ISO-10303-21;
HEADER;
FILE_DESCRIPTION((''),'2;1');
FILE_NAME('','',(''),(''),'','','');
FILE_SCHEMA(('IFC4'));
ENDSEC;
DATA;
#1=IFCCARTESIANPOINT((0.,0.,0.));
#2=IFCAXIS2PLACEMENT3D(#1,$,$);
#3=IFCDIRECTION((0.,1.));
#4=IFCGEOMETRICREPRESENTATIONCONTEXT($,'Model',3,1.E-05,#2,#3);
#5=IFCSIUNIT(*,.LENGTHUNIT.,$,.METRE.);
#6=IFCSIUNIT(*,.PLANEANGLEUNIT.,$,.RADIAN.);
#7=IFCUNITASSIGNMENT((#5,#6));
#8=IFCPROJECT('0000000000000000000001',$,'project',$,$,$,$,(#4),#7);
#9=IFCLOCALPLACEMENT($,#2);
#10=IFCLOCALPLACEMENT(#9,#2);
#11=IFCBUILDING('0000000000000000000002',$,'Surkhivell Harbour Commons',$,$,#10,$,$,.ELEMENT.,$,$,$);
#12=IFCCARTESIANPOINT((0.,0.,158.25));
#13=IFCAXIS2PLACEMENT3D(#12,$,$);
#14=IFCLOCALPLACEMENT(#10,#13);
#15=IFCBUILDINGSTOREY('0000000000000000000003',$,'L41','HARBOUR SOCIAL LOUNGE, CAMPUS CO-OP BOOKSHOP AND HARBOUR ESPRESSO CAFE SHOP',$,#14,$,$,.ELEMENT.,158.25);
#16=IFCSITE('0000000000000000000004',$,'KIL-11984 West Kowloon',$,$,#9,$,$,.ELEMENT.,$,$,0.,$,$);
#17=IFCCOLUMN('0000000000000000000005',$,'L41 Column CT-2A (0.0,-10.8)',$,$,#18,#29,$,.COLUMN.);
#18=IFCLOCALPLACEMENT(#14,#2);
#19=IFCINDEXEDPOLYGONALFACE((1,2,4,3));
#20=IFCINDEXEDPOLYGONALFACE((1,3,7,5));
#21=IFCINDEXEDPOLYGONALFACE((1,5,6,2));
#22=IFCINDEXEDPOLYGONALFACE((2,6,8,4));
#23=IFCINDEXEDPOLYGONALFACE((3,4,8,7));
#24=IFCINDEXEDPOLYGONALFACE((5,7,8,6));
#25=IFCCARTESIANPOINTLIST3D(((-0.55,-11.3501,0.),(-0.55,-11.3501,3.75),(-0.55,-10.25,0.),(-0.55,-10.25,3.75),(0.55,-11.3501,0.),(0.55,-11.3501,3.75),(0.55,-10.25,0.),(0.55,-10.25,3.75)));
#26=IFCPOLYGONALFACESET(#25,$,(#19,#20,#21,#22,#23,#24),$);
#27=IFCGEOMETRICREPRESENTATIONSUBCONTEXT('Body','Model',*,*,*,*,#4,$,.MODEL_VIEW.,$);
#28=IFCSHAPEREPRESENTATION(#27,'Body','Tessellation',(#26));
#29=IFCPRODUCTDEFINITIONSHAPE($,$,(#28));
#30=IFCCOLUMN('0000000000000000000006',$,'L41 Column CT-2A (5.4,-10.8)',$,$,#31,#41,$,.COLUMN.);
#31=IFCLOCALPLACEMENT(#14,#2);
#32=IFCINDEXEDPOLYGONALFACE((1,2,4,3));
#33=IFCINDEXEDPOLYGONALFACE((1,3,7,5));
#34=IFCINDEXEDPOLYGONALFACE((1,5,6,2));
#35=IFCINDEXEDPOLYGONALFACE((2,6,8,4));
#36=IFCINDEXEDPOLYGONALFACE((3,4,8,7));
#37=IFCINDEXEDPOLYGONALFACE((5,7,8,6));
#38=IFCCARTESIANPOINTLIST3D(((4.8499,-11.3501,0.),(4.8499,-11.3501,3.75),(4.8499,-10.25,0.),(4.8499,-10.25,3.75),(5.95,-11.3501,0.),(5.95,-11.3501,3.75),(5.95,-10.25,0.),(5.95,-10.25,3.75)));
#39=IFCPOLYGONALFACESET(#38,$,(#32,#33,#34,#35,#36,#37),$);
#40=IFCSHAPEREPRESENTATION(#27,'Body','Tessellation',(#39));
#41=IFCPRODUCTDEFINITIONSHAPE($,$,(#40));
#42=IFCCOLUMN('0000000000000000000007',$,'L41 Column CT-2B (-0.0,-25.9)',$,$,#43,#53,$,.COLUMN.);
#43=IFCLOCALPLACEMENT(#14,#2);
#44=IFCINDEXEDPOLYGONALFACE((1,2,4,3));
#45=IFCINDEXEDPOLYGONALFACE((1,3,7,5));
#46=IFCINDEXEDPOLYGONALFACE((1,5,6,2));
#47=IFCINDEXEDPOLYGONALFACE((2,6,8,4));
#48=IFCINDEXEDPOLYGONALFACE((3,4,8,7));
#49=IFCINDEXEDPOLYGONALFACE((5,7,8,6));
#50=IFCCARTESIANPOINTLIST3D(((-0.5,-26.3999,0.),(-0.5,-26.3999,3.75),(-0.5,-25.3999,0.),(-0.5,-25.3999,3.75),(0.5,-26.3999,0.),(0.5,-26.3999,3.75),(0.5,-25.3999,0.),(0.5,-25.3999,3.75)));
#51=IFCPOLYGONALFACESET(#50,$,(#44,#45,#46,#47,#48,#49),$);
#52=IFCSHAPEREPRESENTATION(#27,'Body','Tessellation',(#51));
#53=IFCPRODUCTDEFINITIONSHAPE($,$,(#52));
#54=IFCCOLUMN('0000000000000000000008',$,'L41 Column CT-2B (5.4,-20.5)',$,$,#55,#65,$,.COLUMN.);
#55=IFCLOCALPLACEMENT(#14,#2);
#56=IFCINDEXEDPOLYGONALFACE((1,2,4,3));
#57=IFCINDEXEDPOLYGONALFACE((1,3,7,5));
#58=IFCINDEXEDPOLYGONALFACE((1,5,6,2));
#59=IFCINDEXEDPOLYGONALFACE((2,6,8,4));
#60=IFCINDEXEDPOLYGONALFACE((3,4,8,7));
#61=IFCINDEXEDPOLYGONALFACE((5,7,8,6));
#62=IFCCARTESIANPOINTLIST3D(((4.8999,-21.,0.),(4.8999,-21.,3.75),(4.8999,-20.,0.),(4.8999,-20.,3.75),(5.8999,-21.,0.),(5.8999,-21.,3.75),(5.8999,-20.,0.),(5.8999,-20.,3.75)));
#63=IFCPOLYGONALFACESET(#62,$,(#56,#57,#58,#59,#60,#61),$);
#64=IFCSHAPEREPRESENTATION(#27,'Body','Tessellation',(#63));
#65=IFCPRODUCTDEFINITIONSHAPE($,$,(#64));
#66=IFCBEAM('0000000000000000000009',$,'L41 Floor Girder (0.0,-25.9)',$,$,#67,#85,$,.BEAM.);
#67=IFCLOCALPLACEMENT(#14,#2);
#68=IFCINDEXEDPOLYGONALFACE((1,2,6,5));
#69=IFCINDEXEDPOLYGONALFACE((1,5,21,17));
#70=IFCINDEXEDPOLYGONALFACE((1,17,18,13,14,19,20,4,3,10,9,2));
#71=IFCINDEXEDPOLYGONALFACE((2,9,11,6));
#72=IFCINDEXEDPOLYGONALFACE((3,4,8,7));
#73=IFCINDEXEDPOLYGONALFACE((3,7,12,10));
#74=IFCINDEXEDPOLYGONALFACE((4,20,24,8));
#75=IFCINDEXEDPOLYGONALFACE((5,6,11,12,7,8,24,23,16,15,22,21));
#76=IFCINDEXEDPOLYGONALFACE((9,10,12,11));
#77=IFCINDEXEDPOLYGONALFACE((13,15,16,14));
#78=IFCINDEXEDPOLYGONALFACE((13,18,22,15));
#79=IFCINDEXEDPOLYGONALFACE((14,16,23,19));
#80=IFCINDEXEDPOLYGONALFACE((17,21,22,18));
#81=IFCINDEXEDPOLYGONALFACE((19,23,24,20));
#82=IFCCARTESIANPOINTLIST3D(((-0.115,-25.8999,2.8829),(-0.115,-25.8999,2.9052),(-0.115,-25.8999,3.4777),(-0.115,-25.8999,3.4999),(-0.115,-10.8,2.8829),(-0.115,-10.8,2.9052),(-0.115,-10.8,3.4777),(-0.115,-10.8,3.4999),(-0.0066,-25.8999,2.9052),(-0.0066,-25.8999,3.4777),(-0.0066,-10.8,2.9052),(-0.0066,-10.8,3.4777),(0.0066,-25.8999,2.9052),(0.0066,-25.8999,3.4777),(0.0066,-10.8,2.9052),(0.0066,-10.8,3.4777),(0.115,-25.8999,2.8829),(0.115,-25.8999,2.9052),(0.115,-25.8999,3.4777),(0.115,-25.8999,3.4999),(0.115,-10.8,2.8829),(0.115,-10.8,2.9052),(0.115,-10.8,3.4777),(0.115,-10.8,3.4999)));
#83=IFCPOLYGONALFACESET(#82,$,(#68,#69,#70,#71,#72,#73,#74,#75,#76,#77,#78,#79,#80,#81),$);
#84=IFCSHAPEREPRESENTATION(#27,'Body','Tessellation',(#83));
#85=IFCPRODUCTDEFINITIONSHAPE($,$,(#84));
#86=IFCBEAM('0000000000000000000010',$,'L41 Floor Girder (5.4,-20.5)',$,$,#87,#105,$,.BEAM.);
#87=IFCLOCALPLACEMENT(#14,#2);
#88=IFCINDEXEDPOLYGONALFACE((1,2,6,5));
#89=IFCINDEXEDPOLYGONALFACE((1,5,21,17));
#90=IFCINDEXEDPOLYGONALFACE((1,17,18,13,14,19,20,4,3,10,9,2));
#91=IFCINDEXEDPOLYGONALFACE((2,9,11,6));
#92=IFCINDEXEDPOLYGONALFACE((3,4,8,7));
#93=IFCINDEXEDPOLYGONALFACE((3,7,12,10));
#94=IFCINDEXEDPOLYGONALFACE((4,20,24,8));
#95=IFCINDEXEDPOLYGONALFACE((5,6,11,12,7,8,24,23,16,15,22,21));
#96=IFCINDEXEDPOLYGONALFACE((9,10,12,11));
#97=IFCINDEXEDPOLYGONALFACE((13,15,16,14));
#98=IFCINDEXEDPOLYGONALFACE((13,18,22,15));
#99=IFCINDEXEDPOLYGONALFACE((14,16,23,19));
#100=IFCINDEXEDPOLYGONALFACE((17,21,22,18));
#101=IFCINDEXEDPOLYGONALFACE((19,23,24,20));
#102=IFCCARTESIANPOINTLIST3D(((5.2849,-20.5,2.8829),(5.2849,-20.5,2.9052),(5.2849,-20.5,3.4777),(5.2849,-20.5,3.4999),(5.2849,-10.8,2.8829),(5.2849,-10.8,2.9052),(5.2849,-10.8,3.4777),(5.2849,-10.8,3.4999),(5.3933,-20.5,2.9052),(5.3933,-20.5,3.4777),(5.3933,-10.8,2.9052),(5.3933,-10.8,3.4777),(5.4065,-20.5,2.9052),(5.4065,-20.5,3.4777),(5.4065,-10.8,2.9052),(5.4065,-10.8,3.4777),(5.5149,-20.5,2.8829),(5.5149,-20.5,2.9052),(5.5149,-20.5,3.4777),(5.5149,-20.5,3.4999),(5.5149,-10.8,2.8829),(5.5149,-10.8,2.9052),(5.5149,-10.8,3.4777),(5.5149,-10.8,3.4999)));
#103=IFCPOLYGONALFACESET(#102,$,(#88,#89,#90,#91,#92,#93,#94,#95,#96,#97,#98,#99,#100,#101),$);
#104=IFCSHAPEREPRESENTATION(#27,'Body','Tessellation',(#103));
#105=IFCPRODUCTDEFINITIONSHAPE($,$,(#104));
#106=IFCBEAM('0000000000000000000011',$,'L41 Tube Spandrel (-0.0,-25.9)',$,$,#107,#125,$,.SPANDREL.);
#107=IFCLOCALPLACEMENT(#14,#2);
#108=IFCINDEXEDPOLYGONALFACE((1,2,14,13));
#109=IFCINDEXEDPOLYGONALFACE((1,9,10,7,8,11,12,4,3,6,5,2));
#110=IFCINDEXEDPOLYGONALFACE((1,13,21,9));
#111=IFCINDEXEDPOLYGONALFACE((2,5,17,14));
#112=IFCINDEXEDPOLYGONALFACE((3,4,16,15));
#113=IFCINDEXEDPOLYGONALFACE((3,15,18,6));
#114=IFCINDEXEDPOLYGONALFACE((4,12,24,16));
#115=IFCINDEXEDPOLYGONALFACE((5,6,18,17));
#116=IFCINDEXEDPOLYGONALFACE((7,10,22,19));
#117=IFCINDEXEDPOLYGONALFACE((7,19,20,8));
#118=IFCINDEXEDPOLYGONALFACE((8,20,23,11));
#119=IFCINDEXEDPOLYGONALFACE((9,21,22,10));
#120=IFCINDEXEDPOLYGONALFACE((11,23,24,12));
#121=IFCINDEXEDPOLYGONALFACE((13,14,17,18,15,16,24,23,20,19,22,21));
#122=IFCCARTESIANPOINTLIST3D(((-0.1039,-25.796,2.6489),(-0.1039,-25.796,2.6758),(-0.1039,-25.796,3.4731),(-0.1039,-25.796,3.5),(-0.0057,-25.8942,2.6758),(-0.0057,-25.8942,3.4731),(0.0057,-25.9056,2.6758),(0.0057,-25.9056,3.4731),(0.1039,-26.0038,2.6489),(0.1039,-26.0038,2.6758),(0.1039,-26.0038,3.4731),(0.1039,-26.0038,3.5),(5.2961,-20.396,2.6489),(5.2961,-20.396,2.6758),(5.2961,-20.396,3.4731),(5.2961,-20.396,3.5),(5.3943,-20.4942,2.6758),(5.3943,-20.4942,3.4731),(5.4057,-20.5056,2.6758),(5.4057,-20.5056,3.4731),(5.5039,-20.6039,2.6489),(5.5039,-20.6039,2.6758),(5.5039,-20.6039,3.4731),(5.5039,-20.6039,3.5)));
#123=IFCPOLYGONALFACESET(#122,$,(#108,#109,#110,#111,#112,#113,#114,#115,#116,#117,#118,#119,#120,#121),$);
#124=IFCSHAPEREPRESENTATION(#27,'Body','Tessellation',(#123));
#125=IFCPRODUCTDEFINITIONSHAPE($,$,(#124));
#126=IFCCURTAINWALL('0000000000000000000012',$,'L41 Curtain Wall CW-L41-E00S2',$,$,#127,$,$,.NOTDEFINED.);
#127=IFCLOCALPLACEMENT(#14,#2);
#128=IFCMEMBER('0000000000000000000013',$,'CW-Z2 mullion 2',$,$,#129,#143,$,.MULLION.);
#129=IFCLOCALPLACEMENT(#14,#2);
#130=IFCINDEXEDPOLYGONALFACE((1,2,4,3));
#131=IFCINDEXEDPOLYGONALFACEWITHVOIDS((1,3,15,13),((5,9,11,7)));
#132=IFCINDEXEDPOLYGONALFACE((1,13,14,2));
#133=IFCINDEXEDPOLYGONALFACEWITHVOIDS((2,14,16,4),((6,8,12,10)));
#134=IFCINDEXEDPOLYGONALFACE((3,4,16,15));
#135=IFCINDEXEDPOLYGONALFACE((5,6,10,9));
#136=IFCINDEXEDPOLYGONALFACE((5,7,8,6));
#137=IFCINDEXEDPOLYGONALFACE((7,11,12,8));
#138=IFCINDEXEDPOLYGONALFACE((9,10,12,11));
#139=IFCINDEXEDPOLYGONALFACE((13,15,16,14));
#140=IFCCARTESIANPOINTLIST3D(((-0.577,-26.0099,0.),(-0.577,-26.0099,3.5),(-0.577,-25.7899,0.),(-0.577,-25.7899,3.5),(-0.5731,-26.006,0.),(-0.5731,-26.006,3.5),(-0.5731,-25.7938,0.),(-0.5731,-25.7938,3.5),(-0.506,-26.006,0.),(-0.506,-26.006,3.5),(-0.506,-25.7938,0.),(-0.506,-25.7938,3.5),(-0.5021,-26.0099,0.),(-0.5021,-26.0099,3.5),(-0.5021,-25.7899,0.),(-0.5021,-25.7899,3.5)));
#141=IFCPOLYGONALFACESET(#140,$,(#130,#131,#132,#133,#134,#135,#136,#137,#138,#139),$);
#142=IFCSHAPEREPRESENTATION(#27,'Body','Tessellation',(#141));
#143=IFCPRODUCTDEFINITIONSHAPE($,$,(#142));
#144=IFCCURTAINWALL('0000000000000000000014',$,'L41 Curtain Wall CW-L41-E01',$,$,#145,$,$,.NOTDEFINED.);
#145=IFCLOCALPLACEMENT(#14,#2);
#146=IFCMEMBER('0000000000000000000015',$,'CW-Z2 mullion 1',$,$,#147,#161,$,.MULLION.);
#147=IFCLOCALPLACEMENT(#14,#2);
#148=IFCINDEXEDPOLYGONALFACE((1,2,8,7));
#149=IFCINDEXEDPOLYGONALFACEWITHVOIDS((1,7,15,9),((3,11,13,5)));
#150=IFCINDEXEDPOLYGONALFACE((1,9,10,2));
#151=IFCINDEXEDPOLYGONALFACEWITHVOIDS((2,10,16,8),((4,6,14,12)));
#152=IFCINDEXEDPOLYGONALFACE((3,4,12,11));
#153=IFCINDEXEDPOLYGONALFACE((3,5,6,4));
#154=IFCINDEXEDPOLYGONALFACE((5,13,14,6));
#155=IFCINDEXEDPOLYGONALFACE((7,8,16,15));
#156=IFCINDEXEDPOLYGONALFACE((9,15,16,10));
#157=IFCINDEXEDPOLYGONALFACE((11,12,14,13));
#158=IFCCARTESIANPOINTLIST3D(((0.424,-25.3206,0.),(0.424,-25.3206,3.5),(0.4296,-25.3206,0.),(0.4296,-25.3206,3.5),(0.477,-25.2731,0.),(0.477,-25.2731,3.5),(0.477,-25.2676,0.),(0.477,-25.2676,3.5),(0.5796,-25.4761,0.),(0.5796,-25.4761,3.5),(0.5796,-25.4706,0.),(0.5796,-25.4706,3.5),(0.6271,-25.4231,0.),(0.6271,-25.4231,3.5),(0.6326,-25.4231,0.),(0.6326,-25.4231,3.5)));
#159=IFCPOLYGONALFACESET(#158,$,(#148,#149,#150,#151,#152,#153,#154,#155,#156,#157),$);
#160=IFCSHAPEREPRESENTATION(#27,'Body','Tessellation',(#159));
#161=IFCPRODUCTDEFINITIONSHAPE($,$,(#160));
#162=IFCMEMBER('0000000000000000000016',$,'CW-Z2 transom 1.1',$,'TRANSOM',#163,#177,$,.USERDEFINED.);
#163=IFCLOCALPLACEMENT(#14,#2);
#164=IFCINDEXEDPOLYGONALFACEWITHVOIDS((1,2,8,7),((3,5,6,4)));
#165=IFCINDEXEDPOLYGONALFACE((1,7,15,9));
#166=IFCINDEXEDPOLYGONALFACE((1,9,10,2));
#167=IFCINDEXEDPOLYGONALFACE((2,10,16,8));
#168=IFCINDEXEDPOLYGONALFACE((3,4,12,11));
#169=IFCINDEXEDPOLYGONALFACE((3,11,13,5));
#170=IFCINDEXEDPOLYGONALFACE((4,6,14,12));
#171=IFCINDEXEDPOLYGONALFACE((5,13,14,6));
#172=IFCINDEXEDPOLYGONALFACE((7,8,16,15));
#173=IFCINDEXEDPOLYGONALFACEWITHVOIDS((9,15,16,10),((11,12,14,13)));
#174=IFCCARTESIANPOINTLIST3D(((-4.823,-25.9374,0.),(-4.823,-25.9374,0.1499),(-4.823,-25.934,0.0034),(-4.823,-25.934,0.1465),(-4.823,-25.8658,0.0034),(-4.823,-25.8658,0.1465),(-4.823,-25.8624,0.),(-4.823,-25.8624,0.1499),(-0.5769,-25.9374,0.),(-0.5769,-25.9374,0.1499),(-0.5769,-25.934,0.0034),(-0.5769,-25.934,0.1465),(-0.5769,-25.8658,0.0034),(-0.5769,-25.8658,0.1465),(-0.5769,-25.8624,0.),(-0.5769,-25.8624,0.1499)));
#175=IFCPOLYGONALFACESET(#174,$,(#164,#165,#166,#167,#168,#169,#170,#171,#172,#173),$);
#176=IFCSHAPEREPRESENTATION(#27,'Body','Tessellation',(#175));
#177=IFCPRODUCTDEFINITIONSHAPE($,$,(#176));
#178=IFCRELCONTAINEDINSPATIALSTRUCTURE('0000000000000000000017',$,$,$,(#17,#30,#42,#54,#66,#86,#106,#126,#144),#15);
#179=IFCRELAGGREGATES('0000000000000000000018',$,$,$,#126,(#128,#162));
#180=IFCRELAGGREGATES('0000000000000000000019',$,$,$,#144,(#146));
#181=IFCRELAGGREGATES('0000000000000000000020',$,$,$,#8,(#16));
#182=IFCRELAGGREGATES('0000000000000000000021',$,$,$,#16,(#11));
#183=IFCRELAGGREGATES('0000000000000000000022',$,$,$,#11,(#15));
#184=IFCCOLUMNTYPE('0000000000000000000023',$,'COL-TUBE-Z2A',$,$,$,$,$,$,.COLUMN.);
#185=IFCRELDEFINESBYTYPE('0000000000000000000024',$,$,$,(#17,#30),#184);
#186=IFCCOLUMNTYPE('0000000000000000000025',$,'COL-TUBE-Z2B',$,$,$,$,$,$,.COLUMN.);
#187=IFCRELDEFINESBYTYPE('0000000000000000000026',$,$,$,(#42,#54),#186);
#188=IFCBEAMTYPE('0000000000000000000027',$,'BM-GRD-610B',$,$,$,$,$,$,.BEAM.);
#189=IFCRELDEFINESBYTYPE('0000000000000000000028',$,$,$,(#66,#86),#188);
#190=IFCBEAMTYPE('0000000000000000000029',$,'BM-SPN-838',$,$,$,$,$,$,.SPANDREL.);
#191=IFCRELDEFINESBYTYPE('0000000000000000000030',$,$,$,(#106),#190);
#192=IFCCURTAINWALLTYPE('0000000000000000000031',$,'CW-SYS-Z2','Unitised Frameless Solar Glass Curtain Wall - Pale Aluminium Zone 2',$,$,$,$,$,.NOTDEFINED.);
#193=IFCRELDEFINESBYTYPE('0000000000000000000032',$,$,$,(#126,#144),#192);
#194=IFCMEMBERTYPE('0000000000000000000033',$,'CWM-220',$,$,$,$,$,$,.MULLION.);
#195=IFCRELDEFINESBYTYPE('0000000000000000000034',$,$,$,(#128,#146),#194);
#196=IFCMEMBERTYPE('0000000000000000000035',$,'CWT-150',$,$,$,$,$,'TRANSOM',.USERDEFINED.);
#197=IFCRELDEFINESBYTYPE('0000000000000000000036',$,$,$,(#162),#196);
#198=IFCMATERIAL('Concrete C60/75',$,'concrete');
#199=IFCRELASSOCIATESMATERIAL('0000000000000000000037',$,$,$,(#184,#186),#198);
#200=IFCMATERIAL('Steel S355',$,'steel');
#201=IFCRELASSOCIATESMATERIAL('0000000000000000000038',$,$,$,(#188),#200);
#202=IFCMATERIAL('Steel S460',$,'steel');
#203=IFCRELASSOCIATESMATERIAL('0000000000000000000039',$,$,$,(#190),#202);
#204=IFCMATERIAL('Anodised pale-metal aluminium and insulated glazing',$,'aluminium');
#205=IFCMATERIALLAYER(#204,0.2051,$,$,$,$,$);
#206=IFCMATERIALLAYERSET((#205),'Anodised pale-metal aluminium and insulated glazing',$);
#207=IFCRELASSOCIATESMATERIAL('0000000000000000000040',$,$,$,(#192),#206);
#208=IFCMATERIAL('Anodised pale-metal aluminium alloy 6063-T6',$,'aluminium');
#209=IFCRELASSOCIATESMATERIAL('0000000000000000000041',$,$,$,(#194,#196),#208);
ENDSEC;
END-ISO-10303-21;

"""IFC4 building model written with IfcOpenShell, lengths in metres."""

from ifc_helpers import new_model, si_unit, direction, frame, origin, origin_2d, place, context, subcontext, project, spatial, rectangle, hollow_rectangle, i_section, extrude, material, layer, layer_set, material_profile, profile_set, type_object, element, aggregate, save


model = new_model("IFC4")

# Units and contexts
model_context = context("Model", 3, precision=1e-05, world=origin(), true_north=direction((0.0, 1.0)))
body_context = subcontext(model_context, "Body", "Model", "MODEL_VIEW")
ifc_project = project(units=[si_unit("LENGTHUNIT", "METRE"), si_unit("PLANEANGLEUNIT", "RADIAN")], contexts=[model_context])

# Site, building, storey
site_placement = place(None, origin())
site = spatial("IfcSite", under=ifc_project, at=site_placement, Name="KIL-11984 West Kowloon", CompositionType="ELEMENT", RefElevation=0.0)
building_placement = place(site_placement, origin())
building = spatial("IfcBuilding", under=site, at=building_placement, Name="Surkhivell Harbour Commons", CompositionType="ELEMENT")
storey_placement = place(building_placement, frame((0.0, 0.0, 158.25)))
storey = spatial("IfcBuildingStorey", under=building, at=storey_placement, Name="L41", Description="HARBOUR SOCIAL LOUNGE, CAMPUS CO-OP BOOKSHOP AND HARBOUR ESPRESSO CAFE SHOP", CompositionType="ELEMENT", Elevation=158.25)

# Columns
ifc_material_1 = material(Name="Concrete C60/75", Category="concrete")
ifc_material_profile_1 = material_profile(ifc_material_1, rectangle(XDim=1.1001, YDim=1.1001, at=origin_2d()), Name="RC-COL-1100x1100")
ifc_profile_set_1 = profile_set([ifc_material_profile_1], Name="Concrete C60/75")
column_type_1 = type_object("IfcColumnType", Name="COL-TUBE-Z2A", PredefinedType="COLUMN", material=ifc_profile_set_1)
for number, where, z_axis, x_axis, name in (
    (1, (0.0, -10.8, 0.0), (0.0, 0.0, 1.0), (1.0, 0.0, 0.0), "L41 Column CT-2A (0.0,-10.8)"),
    (2, (5.3999, -10.8, 0.0), (0.0, 0.0, 1.0), (1.0, 0.0, 0.0), "L41 Column CT-2A (5.4,-10.8)"),
):
    element("IfcColumn", number, at=place(storey_placement, frame(where, z_axis=z_axis, x_axis=x_axis)), inside=storey, type_object=column_type_1, Name=name, PredefinedType="COLUMN", context=body_context, shape_type="SweptSolid", body=[
        extrude(rectangle(XDim=1.1001, YDim=1.1001, at=origin_2d()), origin(), (0.0, 0.0, 1.0), 3.75),
    ])
ifc_material_profile_2 = material_profile(ifc_material_1, rectangle(XDim=1.0, YDim=1.0, at=origin_2d()), Name="RC-COL-1000x1000")
ifc_profile_set_2 = profile_set([ifc_material_profile_2], Name="Concrete C60/75")
column_type_2 = type_object("IfcColumnType", Name="COL-TUBE-Z2B", PredefinedType="COLUMN", material=ifc_profile_set_2)
for number, where, z_axis, x_axis, name in (
    (3, (0.0, -25.8999, 0.0), (0.0, 0.0, 1.0), (1.0, 0.0, 0.0), "L41 Column CT-2B (-0.0,-25.9)"),
    (4, (5.3999, -20.5, 0.0), (0.0, 0.0, 1.0), (1.0, 0.0, 0.0), "L41 Column CT-2B (5.4,-20.5)"),
):
    element("IfcColumn", number, at=place(storey_placement, frame(where, z_axis=z_axis, x_axis=x_axis)), inside=storey, type_object=column_type_2, Name=name, PredefinedType="COLUMN", context=body_context, shape_type="SweptSolid", body=[
        extrude(rectangle(XDim=1.0, YDim=1.0, at=origin_2d()), origin(), (0.0, 0.0, 1.0), 3.75),
    ])

# Beams
ifc_material_2 = material(Name="Steel S355", Category="steel")
ifc_material_profile_3 = material_profile(ifc_material_2, i_section(OverallWidth=0.23, OverallDepth=0.6169, WebThickness=0.0132, FlangeThickness=0.0222, at=origin_2d()), Name="UB610x229x140")
ifc_profile_set_3 = profile_set([ifc_material_profile_3], Name="Steel S355")
beam_type_1 = type_object("IfcBeamType", Name="BM-GRD-610B", PredefinedType="BEAM", material=ifc_profile_set_3)
beam_1_placement = place(storey_placement, frame((0.0, -25.8999, 3.1914), z_axis=(0.0, 1.0, 0.0), x_axis=(-1.0, 0.0, 0.0)))
element("IfcBeam", 5, at=beam_1_placement, inside=storey, type_object=beam_type_1, Name="L41 Floor Girder (0.0,-25.9)", PredefinedType="BEAM", context=body_context, shape_type="SweptSolid", body=[
    extrude(i_section(OverallWidth=0.23, OverallDepth=0.6169, WebThickness=0.0132, FlangeThickness=0.0222, at=origin_2d()), origin(), (0.0, 0.0, 1.0), 15.0999),
])
beam_2_placement = place(storey_placement, frame((5.3999, -20.5, 3.1914), z_axis=(0.0, 1.0, 0.0), x_axis=(-1.0, 0.0, 0.0)))
element("IfcBeam", 6, at=beam_2_placement, inside=storey, type_object=beam_type_1, Name="L41 Floor Girder (5.4,-20.5)", PredefinedType="BEAM", context=body_context, shape_type="SweptSolid", body=[
    extrude(i_section(OverallWidth=0.23, OverallDepth=0.6169, WebThickness=0.0132, FlangeThickness=0.0222, at=origin_2d()), origin(), (0.0, 0.0, 1.0), 9.7),
])
ifc_material_3 = material(Name="Steel S460", Category="steel")
ifc_material_profile_4 = material_profile(ifc_material_3, i_section(OverallWidth=0.2939, OverallDepth=0.8511, WebThickness=0.0161, FlangeThickness=0.0269, at=origin_2d()), Name="UB838x292x226")
ifc_profile_set_4 = profile_set([ifc_material_profile_4], Name="Steel S460")
beam_type_2 = type_object("IfcBeamType", Name="BM-SPN-838", PredefinedType="SPANDREL", material=ifc_profile_set_4)
beam_3_placement = place(storey_placement, frame((0.0, -25.8999, 3.0745), z_axis=(0.707107, 0.707107, 0.0), x_axis=(-0.707107, 0.707107, 0.0)))
element("IfcBeam", 7, at=beam_3_placement, inside=storey, type_object=beam_type_2, Name="L41 Tube Spandrel (-0.0,-25.9)", PredefinedType="SPANDREL", context=body_context, shape_type="SweptSolid", body=[
    extrude(i_section(OverallWidth=0.2939, OverallDepth=0.8511, WebThickness=0.0161, FlangeThickness=0.0269, at=origin_2d()), origin(), (0.0, 0.0, 1.0), 7.6367),
])

# Curtain walls, members
ifc_material_4 = material(Name="Anodised pale-metal aluminium and insulated glazing", Category="aluminium")
ifc_layer_1 = layer(ifc_material_4, 0.2051)
ifc_layer_set_1 = layer_set([ifc_layer_1], Name="Anodised pale-metal aluminium and insulated glazing")
curtain_wall_type = type_object("IfcCurtainWallType", Name="CW-SYS-Z2", Description="Unitised Frameless Solar Glass Curtain Wall - Pale Aluminium Zone 2", PredefinedType="NOTDEFINED", material=ifc_layer_set_1)
curtain_wall_1_placement = place(storey_placement, origin())
curtain_wall_1 = element("IfcCurtainWall", 8, at=curtain_wall_1_placement, inside=storey, type_object=curtain_wall_type, Name="L41 Curtain Wall CW-L41-E00S2", PredefinedType="NOTDEFINED")
ifc_material_5 = material(Name="Anodised pale-metal aluminium alloy 6063-T6", Category="aluminium")
ifc_material_profile_5 = material_profile(ifc_material_5, hollow_rectangle(XDim=0.075, YDim=0.22, WallThickness=0.0039, at=origin_2d()), Name="ALU-MULL-75x220")
ifc_profile_set_5 = profile_set([ifc_material_profile_5], Name="Anodised pale-metal aluminium alloy 6063-T6")
member_type_1 = type_object("IfcMemberType", Name="CWM-220", PredefinedType="MULLION", material=ifc_profile_set_5)
member_1_placement = place(storey_placement, frame((-0.5396, -25.8999, 0.0), z_axis=(0.0, 0.0, 1.0), x_axis=(1.0, 0.0, 0.0)))
member_1 = element("IfcMember", 9, at=member_1_placement, type_object=member_type_1, Name="CW-Z2 mullion 2", PredefinedType="MULLION", context=body_context, shape_type="SweptSolid", body=[
    extrude(hollow_rectangle(XDim=0.075, YDim=0.22, WallThickness=0.0039, at=origin_2d()), origin(), (0.0, 0.0, 1.0), 3.5),
])
curtain_wall_2_placement = place(storey_placement, origin())
curtain_wall_2 = element("IfcCurtainWall", 10, at=curtain_wall_2_placement, inside=storey, type_object=curtain_wall_type, Name="L41 Curtain Wall CW-L41-E01", PredefinedType="NOTDEFINED")
member_2_placement = place(storey_placement, frame((0.5283, -25.3718, 0.0), z_axis=(0.0, 0.0, 1.0), x_axis=(0.707107, 0.707107, 0.0)))
member_2 = element("IfcMember", 11, at=member_2_placement, type_object=member_type_1, Name="CW-Z2 mullion 1", PredefinedType="MULLION", context=body_context, shape_type="SweptSolid", body=[
    extrude(hollow_rectangle(XDim=0.075, YDim=0.22, WallThickness=0.0039, at=origin_2d()), origin(), (0.0, 0.0, 1.0), 3.5),
])

# Member
ifc_material_profile_6 = material_profile(ifc_material_5, hollow_rectangle(XDim=0.075, YDim=0.1499, WallThickness=0.0034, at=origin_2d()), Name="ALU-TRAN-75x150")
ifc_profile_set_6 = profile_set([ifc_material_profile_6], Name="Anodised pale-metal aluminium alloy 6063-T6")
member_type_2 = type_object("IfcMemberType", Name="CWT-150", ElementType="TRANSOM", PredefinedType="USERDEFINED", material=ifc_profile_set_6)
member_3_placement = place(storey_placement, frame((-4.823, -25.8999, 0.075), z_axis=(1.0, 0.0, 0.0), x_axis=(0.0, 1.0, 0.0)))
member_3 = element("IfcMember", 12, at=member_3_placement, type_object=member_type_2, Name="CW-Z2 transom 1.1", ObjectType="TRANSOM", PredefinedType="USERDEFINED", context=body_context, shape_type="SweptSolid", body=[
    extrude(hollow_rectangle(XDim=0.075, YDim=0.1499, WallThickness=0.0034, at=origin_2d()), origin(), (0.0, 0.0, 1.0), 4.2461),
])

aggregate(curtain_wall_1, [member_1, member_3])
aggregate(curtain_wall_2, [member_2])

save(model, "model.ifc")
